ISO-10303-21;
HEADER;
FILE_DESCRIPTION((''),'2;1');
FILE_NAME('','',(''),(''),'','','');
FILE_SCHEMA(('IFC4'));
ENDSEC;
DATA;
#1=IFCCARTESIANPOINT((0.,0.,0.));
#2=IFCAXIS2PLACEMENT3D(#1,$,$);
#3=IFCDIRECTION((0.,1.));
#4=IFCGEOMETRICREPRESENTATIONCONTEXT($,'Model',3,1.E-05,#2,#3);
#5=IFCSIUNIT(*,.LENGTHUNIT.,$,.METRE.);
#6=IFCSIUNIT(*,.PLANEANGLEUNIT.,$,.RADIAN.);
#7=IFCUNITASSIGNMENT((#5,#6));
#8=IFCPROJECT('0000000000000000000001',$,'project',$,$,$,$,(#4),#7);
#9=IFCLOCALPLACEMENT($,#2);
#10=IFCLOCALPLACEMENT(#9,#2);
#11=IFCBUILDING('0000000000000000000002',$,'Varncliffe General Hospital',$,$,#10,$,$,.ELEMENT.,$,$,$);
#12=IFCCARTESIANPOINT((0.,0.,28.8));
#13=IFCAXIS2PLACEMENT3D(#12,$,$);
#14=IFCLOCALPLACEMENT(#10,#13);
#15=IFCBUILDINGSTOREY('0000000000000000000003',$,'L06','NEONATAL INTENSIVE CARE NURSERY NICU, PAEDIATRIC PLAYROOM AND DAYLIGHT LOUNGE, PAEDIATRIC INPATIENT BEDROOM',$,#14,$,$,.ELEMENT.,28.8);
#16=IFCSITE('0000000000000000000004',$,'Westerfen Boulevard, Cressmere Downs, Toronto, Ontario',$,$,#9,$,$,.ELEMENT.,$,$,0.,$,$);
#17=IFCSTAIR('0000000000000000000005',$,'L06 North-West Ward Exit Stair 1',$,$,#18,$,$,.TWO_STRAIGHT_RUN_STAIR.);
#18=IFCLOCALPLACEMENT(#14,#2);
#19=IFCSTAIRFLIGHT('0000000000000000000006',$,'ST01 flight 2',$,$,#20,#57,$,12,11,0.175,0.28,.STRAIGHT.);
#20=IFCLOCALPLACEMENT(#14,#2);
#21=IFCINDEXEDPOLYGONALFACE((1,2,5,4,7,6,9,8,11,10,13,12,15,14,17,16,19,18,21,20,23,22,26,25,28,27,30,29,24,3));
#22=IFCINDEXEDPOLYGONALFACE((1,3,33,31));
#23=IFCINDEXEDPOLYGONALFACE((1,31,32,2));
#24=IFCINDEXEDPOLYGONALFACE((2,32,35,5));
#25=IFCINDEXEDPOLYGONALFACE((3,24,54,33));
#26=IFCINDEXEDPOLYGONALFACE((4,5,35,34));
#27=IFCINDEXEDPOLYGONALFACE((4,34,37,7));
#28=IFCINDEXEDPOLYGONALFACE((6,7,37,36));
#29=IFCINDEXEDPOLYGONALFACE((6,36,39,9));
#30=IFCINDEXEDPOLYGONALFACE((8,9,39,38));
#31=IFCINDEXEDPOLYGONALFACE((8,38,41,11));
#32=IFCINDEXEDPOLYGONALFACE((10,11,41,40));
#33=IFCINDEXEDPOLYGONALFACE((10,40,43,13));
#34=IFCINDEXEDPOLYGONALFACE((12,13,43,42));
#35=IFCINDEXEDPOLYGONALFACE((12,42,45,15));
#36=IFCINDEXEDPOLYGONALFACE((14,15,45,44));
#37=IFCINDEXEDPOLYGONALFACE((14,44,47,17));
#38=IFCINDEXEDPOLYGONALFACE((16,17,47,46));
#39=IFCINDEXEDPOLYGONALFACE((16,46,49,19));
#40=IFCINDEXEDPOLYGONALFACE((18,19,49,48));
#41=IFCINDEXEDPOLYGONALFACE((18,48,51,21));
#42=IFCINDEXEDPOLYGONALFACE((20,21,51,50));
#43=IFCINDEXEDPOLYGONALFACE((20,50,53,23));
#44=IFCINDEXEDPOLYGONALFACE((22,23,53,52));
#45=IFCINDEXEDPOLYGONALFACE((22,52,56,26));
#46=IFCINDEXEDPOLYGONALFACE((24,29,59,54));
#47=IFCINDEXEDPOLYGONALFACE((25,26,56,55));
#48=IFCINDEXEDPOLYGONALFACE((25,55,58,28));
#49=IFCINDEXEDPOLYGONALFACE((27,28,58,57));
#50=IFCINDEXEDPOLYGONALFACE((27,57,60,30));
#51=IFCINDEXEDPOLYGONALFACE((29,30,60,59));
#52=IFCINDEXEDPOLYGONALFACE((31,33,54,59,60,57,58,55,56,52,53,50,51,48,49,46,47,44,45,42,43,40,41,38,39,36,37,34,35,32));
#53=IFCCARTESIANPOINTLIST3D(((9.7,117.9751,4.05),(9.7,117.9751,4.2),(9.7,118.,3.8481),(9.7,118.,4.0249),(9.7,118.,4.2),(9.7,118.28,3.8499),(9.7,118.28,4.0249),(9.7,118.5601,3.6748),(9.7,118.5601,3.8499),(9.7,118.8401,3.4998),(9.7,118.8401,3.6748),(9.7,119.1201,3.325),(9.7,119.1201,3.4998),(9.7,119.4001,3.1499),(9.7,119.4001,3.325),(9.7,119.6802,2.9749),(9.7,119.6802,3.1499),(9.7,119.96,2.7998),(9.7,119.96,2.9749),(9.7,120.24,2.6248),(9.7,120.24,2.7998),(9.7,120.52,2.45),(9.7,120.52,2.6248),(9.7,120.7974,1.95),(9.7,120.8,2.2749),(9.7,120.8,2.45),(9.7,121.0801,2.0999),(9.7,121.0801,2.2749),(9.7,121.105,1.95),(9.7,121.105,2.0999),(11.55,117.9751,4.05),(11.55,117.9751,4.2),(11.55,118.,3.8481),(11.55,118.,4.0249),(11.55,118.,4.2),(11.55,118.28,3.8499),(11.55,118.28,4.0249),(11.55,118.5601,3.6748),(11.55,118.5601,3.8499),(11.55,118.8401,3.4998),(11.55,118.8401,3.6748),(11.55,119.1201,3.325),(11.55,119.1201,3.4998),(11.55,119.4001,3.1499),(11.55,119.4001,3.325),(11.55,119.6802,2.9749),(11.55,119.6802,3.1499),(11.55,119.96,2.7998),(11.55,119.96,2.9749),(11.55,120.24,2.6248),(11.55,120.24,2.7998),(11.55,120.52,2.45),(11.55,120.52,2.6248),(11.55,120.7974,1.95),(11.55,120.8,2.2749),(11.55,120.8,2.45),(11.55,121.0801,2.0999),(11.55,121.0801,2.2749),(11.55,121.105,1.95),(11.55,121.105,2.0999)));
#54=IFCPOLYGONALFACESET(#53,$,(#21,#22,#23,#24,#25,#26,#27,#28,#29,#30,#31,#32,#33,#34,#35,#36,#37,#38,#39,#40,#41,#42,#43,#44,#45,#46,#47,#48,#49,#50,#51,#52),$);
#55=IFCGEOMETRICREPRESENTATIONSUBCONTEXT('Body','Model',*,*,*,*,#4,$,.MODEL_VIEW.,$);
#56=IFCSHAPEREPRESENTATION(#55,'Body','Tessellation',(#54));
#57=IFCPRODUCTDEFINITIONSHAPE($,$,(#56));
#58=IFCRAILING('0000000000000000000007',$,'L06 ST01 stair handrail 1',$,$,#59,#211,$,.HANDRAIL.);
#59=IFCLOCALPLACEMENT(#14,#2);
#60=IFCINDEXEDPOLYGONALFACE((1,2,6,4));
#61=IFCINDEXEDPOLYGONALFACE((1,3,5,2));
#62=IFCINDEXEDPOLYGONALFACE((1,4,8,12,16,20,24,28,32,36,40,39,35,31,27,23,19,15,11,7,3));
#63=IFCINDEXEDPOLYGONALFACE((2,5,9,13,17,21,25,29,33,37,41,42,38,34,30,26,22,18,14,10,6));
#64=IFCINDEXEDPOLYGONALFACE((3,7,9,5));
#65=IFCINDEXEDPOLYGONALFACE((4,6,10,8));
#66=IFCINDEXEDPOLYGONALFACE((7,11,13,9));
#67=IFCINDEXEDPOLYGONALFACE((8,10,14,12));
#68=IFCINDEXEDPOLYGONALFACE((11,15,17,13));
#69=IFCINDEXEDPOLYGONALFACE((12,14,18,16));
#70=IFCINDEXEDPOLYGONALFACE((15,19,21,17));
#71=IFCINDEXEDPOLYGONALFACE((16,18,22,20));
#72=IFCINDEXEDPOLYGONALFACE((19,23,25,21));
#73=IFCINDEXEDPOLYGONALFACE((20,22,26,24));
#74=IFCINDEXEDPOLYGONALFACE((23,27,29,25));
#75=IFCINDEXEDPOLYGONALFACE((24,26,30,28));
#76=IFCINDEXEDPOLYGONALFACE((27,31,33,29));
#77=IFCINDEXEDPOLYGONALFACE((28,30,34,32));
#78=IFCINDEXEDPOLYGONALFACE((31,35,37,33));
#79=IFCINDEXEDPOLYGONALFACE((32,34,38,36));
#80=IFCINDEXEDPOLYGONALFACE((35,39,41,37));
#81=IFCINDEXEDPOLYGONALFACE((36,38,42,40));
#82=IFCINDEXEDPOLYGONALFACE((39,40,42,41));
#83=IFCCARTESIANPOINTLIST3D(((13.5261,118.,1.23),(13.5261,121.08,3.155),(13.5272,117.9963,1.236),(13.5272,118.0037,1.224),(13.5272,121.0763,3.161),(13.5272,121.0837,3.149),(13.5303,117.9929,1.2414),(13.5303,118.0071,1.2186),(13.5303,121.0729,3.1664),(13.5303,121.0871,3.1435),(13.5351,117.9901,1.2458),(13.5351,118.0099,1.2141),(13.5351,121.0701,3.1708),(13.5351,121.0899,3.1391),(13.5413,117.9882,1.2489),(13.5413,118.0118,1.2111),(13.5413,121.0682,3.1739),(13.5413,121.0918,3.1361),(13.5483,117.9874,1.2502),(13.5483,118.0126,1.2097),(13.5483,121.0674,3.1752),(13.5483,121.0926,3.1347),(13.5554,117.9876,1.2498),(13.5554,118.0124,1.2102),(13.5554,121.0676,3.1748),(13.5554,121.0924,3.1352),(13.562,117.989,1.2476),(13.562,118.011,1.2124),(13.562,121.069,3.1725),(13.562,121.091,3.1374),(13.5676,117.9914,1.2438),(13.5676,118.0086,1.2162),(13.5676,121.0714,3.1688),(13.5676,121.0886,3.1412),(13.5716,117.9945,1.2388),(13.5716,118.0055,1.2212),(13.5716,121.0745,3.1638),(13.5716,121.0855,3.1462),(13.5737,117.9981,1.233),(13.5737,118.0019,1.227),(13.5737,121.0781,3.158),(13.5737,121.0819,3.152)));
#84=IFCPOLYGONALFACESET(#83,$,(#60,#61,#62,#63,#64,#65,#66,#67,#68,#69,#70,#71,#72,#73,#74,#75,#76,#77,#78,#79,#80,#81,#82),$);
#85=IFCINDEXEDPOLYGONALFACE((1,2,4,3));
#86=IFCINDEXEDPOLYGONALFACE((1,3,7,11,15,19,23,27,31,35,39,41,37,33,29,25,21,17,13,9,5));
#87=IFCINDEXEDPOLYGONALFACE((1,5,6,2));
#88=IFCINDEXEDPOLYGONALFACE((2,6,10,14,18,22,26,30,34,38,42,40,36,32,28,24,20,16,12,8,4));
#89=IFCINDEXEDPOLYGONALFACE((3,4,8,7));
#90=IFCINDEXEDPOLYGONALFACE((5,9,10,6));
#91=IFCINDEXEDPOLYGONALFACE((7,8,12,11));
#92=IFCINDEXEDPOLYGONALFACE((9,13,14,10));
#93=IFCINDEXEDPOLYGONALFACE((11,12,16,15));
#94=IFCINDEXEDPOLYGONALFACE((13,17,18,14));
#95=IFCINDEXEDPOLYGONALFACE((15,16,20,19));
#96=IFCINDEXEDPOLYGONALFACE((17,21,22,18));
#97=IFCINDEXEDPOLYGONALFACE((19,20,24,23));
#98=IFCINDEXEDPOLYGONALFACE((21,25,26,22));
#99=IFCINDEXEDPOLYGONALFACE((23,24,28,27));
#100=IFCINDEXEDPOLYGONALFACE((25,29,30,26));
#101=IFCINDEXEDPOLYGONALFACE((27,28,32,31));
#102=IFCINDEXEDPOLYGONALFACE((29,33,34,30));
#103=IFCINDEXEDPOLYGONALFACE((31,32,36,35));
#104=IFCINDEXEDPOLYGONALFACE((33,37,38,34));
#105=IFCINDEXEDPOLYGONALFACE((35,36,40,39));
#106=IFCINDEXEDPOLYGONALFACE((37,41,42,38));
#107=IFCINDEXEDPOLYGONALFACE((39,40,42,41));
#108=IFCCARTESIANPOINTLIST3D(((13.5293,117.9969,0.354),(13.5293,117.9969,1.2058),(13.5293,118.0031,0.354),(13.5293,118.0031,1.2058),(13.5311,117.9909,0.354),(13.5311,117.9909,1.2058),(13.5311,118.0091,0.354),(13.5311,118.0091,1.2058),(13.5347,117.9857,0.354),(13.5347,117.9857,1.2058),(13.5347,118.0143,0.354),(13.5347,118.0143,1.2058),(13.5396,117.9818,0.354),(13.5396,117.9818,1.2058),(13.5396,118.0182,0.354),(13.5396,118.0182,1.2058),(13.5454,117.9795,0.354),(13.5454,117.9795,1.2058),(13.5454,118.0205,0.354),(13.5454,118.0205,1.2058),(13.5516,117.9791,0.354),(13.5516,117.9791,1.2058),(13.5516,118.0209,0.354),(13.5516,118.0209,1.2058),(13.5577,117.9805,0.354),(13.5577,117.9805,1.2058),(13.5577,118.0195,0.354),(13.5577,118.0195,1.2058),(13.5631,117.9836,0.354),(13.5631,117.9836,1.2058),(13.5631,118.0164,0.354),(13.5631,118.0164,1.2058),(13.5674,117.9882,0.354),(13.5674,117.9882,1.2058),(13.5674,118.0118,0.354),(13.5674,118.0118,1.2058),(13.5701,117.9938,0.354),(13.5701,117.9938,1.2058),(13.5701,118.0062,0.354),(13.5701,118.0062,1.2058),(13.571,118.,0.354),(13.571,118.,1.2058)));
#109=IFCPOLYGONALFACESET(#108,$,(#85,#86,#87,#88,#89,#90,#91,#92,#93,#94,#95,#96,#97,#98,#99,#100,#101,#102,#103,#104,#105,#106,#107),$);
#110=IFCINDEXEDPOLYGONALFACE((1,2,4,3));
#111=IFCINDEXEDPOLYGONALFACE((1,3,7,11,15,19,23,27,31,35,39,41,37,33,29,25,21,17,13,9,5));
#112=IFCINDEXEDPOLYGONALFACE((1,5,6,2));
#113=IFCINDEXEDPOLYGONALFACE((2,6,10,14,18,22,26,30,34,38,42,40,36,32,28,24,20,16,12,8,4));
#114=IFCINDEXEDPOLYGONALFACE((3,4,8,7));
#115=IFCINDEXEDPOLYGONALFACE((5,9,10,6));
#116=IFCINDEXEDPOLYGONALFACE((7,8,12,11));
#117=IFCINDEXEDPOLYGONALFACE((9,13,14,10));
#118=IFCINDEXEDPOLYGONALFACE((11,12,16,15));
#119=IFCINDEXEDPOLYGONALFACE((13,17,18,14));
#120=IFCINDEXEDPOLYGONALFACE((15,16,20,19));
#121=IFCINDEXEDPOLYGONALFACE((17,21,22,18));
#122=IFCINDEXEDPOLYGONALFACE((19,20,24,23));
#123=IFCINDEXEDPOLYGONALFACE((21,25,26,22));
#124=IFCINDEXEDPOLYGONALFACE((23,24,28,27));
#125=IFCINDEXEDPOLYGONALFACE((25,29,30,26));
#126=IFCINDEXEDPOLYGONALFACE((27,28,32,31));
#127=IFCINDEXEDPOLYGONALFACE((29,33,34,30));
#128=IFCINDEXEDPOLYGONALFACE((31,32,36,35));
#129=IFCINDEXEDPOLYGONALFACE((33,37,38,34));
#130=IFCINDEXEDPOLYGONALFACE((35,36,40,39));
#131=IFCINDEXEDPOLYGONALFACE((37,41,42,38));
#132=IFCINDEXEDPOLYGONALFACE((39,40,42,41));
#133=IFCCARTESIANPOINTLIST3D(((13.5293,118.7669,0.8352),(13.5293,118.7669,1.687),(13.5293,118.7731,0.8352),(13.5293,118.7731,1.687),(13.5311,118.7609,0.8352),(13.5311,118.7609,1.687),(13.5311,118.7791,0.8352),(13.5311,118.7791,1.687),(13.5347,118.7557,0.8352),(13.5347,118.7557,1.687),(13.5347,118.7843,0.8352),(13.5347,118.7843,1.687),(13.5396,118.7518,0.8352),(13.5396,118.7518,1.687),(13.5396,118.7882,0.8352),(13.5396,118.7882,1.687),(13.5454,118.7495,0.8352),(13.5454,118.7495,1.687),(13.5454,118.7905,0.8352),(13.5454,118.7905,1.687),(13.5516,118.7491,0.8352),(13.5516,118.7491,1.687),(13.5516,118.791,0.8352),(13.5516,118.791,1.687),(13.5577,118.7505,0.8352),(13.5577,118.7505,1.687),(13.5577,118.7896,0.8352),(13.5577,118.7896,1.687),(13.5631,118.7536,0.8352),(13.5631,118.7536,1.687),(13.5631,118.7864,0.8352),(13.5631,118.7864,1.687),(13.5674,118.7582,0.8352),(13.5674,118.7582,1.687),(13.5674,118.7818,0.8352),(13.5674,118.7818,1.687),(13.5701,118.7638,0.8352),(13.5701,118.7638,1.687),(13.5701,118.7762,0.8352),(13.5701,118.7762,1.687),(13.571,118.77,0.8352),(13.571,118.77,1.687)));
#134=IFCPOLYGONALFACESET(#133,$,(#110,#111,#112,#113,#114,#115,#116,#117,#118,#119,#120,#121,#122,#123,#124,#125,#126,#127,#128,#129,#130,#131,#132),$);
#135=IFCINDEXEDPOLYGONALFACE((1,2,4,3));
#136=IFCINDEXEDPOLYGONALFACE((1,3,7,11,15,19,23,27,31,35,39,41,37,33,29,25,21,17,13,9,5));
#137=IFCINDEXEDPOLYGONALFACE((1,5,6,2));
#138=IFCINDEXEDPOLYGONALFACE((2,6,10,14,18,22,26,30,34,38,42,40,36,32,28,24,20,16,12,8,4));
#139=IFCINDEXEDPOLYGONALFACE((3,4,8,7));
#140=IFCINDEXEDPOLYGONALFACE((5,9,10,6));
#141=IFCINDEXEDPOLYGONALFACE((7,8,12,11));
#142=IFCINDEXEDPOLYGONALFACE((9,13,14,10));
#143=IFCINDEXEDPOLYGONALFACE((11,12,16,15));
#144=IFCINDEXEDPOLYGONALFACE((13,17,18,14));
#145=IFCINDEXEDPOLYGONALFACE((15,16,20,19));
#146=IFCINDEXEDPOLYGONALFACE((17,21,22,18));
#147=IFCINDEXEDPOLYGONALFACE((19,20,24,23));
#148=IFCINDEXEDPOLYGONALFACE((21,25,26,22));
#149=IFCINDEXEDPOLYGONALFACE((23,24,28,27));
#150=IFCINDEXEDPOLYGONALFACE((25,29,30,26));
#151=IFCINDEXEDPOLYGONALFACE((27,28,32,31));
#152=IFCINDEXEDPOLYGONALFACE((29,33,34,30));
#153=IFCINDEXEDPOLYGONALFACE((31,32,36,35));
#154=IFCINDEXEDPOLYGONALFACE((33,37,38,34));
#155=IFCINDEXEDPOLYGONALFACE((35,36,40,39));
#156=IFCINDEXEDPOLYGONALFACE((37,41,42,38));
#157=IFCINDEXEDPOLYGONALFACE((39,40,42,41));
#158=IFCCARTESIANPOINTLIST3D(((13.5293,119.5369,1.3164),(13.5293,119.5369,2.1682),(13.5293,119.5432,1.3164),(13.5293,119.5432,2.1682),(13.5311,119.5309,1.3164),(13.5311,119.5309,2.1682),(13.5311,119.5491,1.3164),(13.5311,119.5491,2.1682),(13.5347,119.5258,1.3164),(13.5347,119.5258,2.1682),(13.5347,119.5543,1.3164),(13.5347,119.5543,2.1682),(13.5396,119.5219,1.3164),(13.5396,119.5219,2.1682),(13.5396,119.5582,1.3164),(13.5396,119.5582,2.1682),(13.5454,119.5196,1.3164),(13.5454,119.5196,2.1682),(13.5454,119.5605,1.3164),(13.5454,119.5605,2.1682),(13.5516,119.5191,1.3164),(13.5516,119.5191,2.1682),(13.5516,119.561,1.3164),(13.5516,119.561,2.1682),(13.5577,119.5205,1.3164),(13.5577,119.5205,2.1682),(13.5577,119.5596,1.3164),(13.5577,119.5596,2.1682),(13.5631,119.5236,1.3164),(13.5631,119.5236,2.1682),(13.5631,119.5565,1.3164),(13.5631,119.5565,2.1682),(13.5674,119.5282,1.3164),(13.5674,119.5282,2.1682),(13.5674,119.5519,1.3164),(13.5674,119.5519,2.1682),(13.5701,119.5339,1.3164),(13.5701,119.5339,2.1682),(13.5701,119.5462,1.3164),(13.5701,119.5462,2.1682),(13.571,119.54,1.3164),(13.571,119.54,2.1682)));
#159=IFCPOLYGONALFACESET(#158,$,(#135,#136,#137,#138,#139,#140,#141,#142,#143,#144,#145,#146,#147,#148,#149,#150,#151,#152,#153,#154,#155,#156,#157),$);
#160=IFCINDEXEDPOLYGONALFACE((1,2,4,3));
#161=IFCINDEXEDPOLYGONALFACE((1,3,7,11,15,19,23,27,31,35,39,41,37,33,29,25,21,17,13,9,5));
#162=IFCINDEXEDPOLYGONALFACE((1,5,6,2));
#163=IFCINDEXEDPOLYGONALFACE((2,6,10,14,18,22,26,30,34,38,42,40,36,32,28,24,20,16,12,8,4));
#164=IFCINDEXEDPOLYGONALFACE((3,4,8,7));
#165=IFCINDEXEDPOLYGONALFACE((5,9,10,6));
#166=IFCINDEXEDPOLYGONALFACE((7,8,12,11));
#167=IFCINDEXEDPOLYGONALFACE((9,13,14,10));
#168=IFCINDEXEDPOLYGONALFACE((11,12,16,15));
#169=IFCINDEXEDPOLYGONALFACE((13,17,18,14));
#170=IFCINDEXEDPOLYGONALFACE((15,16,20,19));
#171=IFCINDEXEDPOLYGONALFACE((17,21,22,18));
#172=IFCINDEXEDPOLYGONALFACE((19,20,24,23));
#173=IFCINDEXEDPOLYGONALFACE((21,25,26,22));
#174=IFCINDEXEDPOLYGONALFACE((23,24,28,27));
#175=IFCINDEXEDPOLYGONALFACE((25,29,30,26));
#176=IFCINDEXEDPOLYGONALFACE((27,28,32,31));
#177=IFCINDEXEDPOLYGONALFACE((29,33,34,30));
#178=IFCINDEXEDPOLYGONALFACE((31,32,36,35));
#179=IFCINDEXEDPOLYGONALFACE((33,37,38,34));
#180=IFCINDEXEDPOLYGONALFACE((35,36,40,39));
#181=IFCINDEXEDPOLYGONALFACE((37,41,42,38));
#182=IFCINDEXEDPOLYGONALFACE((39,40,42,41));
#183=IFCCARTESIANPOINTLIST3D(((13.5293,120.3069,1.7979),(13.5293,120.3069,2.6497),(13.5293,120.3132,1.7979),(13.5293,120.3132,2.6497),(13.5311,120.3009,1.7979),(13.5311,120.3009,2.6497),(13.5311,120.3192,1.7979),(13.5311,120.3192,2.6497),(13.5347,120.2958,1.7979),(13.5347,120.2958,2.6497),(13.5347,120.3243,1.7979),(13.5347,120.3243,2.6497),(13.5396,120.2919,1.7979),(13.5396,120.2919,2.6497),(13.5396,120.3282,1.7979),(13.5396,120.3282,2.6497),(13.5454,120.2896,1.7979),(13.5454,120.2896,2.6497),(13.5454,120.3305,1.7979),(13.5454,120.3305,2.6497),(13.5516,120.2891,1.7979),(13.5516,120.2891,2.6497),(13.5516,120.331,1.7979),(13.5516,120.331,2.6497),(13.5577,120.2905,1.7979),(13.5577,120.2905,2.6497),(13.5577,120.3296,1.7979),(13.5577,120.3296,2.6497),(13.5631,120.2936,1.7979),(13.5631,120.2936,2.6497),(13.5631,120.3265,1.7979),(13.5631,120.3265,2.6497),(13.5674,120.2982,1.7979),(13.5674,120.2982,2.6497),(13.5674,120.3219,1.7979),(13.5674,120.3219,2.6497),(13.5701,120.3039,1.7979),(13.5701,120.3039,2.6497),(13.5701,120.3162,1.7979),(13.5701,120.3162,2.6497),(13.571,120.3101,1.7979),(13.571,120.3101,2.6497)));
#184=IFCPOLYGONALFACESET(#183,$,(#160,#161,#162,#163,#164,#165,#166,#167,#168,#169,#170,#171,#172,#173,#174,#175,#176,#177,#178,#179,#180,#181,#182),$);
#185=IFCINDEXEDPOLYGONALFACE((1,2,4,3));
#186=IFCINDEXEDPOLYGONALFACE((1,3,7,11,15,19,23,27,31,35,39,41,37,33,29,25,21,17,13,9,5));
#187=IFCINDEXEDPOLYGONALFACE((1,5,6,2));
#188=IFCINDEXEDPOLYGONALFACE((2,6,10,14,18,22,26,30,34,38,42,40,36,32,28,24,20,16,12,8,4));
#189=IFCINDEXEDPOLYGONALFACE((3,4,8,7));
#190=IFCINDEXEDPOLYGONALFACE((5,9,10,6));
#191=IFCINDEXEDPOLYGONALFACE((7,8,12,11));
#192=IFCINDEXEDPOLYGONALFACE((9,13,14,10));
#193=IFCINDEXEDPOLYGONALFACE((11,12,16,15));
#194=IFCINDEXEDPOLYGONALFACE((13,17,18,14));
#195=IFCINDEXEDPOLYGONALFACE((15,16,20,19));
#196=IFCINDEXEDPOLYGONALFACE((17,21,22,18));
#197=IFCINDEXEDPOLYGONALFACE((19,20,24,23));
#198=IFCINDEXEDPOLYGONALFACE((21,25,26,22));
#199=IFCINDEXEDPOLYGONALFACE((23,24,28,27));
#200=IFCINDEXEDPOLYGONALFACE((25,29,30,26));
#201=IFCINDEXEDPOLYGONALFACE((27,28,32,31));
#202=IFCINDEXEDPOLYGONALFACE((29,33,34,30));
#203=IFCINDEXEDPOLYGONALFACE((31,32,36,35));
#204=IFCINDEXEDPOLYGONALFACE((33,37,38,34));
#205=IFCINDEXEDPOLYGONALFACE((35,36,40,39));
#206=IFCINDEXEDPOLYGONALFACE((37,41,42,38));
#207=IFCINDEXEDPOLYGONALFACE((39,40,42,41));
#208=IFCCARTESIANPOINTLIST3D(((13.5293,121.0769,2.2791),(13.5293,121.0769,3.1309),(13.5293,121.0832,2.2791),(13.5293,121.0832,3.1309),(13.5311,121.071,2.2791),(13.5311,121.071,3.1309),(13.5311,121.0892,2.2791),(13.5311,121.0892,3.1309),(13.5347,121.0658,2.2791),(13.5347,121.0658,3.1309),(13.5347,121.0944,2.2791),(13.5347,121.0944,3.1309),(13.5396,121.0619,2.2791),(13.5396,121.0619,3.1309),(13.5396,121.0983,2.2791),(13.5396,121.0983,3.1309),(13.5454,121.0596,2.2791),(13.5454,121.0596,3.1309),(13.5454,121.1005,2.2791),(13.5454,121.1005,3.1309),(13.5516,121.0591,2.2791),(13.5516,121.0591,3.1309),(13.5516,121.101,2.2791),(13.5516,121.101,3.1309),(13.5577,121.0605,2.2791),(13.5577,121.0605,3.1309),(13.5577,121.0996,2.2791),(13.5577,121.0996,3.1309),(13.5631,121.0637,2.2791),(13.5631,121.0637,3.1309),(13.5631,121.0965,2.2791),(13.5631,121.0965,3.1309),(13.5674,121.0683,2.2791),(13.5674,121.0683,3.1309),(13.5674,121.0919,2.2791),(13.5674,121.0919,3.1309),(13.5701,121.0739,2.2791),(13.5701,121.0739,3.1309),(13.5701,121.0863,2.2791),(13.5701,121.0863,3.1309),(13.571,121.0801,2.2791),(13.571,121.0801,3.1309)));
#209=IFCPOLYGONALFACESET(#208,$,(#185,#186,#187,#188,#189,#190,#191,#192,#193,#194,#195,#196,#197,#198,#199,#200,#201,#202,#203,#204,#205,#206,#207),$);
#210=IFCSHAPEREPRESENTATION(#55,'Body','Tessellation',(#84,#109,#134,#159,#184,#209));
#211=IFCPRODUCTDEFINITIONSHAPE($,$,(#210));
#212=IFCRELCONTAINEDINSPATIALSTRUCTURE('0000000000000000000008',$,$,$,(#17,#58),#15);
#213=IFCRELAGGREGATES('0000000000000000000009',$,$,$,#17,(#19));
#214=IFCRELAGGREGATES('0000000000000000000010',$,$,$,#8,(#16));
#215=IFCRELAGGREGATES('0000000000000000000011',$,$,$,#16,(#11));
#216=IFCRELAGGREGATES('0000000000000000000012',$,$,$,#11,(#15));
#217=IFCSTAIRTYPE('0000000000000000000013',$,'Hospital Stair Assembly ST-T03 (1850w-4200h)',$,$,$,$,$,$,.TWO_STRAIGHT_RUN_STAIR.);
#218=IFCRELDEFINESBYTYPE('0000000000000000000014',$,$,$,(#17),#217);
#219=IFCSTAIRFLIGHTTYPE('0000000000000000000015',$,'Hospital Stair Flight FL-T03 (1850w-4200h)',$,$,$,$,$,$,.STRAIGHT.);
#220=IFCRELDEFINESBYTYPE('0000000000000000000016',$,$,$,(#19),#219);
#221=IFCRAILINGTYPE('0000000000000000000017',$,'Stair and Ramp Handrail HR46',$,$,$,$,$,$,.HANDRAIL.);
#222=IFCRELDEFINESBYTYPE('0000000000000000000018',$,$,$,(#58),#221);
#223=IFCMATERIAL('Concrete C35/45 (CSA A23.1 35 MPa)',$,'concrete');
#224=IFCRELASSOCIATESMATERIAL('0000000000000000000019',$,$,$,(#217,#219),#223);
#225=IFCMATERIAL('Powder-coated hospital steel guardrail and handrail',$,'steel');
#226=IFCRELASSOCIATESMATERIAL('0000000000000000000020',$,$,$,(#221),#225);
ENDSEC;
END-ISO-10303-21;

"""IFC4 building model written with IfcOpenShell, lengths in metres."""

from ifc_helpers import new_model, si_unit, direction, frame, origin, origin_2d, place, context, subcontext, project, spatial, polyline, circle, outline, extrude, material, type_object, element, aggregate, save


model = new_model("IFC4")

# Units and contexts
model_context = context("Model", 3, precision=1e-05, world=origin(), true_north=direction((0.0, 1.0)))
body_context = subcontext(model_context, "Body", "Model", "MODEL_VIEW")
ifc_project = project(units=[si_unit("LENGTHUNIT", "METRE"), si_unit("PLANEANGLEUNIT", "RADIAN")], contexts=[model_context])

# Site, building, storey
site_placement = place(None, origin())
site = spatial("IfcSite", under=ifc_project, at=site_placement, Name="Westerfen Boulevard, Cressmere Downs, Toronto, Ontario", CompositionType="ELEMENT", RefElevation=0.0)
building_placement = place(site_placement, origin())
building = spatial("IfcBuilding", under=site, at=building_placement, Name="Varncliffe General Hospital", CompositionType="ELEMENT")
storey_placement = place(building_placement, frame((0.0, 0.0, 28.8)))
storey = spatial("IfcBuildingStorey", under=building, at=storey_placement, Name="L06", Description="NEONATAL INTENSIVE CARE NURSERY NICU, PAEDIATRIC PLAYROOM AND DAYLIGHT LOUNGE, PAEDIATRIC INPATIENT BEDROOM", CompositionType="ELEMENT", Elevation=28.8)

# Stair, stair flight
ifc_material_1 = material(Name="Concrete C35/45 (CSA A23.1 35 MPa)", Category="concrete")
stair_type = type_object("IfcStairType", Name="Hospital Stair Assembly ST-T03 (1850w-4200h)", PredefinedType="TWO_STRAIGHT_RUN_STAIR", material=ifc_material_1)
stair_placement = place(storey_placement, origin())
stair = element("IfcStair", 1, at=stair_placement, inside=storey, type_object=stair_type, Name="L06 North-West Ward Exit Stair 1", PredefinedType="TWO_STRAIGHT_RUN_STAIR")
stair_flight_type = type_object("IfcStairFlightType", Name="Hospital Stair Flight FL-T03 (1850w-4200h)", PredefinedType="STRAIGHT", material=ifc_material_1)
stair_flight_1_placement = place(storey_placement, frame((10.625, 121.0801, 2.0999), z_axis=(0.0, 0.0, 1.0), x_axis=(0.0, -1.0, 0.0)))
stair_flight_1 = element("IfcStairFlight", 2, at=stair_flight_1_placement, type_object=stair_flight_type, Name="ST01 flight 2", NumberOfRisers=12, NumberOfTreads=11, PredefinedType="STRAIGHT", RiserHeight=0.175, TreadLength=0.28, context=body_context, shape_type="SweptSolid", body=[
    extrude(outline(polyline([(-0.0249, -0.1499), (-0.0249, 0.0), (0.0, 0.0), (0.0, 0.175), (0.28, 0.175), (0.28, 0.3501), (0.5601, 0.3501), (0.5601, 0.5249), (0.8401, 0.5249), (0.8401, 0.7), (1.1201, 0.7), (1.1201, 0.875), (1.3999, 0.875), (1.3999, 1.05), (1.6799, 1.05), (1.6799, 1.2251), (1.96, 1.2251), (1.96, 1.3999), (2.24, 1.3999), (2.24, 1.575), (2.52, 1.575), (2.52, 1.75), (2.8, 1.75), (2.8, 1.925), (3.0801, 1.925), (3.0801, 2.1001), (3.105, 2.1001), (3.105, 1.9502), (3.0801, 1.7483), (0.2827, -0.1499), (-0.0249, -0.1499)])), frame((0.0, 0.925, 0.0), z_axis=(0.0, -1.0, 0.0), x_axis=(1.0, 0.0, 0.0)), (0.0, 0.0, 1.0), 1.8501),
])
aggregate(stair, [stair_flight_1])

# Railing
ifc_material_2 = material(Name="Powder-coated hospital steel guardrail and handrail", Category="steel")
railing_type_1 = type_object("IfcRailingType", Name="Stair and Ramp Handrail HR46", PredefinedType="HANDRAIL", material=ifc_material_2)
railing_1_placement = place(storey_placement, frame((13.55, 118.0, 0.354)))
element("IfcRailing", 3, at=railing_1_placement, inside=storey, type_object=railing_type_1, Name="L06 ST01 stair handrail 1", PredefinedType="HANDRAIL", context=body_context, shape_type="SweptSolid", body=[
    extrude(circle(Radius=0.0239, at=origin_2d()), frame((0.0, 0.0, 0.876), z_axis=(0.0, 0.847998, 0.529999), x_axis=(-1.0, 0.0, 0.0)), (0.0, 0.0, 1.0), 3.6321),
    extrude(circle(Radius=0.021, at=origin_2d()), origin(), (0.0, 0.0, 1.0), 0.8518),
    extrude(circle(Radius=0.021, at=origin_2d()), frame((0.0, 0.77, 0.4812)), (0.0, 0.0, 1.0), 0.8518),
    extrude(circle(Radius=0.021, at=origin_2d()), frame((0.0, 1.54, 0.9624)), (0.0, 0.0, 1.0), 0.8518),
    extrude(circle(Radius=0.021, at=origin_2d()), frame((0.0, 2.3101, 1.4438)), (0.0, 0.0, 1.0), 0.8518),
    extrude(circle(Radius=0.021, at=origin_2d()), frame((0.0, 3.0801, 1.925)), (0.0, 0.0, 1.0), 0.8518),
])

save(model, "model.ifc")
